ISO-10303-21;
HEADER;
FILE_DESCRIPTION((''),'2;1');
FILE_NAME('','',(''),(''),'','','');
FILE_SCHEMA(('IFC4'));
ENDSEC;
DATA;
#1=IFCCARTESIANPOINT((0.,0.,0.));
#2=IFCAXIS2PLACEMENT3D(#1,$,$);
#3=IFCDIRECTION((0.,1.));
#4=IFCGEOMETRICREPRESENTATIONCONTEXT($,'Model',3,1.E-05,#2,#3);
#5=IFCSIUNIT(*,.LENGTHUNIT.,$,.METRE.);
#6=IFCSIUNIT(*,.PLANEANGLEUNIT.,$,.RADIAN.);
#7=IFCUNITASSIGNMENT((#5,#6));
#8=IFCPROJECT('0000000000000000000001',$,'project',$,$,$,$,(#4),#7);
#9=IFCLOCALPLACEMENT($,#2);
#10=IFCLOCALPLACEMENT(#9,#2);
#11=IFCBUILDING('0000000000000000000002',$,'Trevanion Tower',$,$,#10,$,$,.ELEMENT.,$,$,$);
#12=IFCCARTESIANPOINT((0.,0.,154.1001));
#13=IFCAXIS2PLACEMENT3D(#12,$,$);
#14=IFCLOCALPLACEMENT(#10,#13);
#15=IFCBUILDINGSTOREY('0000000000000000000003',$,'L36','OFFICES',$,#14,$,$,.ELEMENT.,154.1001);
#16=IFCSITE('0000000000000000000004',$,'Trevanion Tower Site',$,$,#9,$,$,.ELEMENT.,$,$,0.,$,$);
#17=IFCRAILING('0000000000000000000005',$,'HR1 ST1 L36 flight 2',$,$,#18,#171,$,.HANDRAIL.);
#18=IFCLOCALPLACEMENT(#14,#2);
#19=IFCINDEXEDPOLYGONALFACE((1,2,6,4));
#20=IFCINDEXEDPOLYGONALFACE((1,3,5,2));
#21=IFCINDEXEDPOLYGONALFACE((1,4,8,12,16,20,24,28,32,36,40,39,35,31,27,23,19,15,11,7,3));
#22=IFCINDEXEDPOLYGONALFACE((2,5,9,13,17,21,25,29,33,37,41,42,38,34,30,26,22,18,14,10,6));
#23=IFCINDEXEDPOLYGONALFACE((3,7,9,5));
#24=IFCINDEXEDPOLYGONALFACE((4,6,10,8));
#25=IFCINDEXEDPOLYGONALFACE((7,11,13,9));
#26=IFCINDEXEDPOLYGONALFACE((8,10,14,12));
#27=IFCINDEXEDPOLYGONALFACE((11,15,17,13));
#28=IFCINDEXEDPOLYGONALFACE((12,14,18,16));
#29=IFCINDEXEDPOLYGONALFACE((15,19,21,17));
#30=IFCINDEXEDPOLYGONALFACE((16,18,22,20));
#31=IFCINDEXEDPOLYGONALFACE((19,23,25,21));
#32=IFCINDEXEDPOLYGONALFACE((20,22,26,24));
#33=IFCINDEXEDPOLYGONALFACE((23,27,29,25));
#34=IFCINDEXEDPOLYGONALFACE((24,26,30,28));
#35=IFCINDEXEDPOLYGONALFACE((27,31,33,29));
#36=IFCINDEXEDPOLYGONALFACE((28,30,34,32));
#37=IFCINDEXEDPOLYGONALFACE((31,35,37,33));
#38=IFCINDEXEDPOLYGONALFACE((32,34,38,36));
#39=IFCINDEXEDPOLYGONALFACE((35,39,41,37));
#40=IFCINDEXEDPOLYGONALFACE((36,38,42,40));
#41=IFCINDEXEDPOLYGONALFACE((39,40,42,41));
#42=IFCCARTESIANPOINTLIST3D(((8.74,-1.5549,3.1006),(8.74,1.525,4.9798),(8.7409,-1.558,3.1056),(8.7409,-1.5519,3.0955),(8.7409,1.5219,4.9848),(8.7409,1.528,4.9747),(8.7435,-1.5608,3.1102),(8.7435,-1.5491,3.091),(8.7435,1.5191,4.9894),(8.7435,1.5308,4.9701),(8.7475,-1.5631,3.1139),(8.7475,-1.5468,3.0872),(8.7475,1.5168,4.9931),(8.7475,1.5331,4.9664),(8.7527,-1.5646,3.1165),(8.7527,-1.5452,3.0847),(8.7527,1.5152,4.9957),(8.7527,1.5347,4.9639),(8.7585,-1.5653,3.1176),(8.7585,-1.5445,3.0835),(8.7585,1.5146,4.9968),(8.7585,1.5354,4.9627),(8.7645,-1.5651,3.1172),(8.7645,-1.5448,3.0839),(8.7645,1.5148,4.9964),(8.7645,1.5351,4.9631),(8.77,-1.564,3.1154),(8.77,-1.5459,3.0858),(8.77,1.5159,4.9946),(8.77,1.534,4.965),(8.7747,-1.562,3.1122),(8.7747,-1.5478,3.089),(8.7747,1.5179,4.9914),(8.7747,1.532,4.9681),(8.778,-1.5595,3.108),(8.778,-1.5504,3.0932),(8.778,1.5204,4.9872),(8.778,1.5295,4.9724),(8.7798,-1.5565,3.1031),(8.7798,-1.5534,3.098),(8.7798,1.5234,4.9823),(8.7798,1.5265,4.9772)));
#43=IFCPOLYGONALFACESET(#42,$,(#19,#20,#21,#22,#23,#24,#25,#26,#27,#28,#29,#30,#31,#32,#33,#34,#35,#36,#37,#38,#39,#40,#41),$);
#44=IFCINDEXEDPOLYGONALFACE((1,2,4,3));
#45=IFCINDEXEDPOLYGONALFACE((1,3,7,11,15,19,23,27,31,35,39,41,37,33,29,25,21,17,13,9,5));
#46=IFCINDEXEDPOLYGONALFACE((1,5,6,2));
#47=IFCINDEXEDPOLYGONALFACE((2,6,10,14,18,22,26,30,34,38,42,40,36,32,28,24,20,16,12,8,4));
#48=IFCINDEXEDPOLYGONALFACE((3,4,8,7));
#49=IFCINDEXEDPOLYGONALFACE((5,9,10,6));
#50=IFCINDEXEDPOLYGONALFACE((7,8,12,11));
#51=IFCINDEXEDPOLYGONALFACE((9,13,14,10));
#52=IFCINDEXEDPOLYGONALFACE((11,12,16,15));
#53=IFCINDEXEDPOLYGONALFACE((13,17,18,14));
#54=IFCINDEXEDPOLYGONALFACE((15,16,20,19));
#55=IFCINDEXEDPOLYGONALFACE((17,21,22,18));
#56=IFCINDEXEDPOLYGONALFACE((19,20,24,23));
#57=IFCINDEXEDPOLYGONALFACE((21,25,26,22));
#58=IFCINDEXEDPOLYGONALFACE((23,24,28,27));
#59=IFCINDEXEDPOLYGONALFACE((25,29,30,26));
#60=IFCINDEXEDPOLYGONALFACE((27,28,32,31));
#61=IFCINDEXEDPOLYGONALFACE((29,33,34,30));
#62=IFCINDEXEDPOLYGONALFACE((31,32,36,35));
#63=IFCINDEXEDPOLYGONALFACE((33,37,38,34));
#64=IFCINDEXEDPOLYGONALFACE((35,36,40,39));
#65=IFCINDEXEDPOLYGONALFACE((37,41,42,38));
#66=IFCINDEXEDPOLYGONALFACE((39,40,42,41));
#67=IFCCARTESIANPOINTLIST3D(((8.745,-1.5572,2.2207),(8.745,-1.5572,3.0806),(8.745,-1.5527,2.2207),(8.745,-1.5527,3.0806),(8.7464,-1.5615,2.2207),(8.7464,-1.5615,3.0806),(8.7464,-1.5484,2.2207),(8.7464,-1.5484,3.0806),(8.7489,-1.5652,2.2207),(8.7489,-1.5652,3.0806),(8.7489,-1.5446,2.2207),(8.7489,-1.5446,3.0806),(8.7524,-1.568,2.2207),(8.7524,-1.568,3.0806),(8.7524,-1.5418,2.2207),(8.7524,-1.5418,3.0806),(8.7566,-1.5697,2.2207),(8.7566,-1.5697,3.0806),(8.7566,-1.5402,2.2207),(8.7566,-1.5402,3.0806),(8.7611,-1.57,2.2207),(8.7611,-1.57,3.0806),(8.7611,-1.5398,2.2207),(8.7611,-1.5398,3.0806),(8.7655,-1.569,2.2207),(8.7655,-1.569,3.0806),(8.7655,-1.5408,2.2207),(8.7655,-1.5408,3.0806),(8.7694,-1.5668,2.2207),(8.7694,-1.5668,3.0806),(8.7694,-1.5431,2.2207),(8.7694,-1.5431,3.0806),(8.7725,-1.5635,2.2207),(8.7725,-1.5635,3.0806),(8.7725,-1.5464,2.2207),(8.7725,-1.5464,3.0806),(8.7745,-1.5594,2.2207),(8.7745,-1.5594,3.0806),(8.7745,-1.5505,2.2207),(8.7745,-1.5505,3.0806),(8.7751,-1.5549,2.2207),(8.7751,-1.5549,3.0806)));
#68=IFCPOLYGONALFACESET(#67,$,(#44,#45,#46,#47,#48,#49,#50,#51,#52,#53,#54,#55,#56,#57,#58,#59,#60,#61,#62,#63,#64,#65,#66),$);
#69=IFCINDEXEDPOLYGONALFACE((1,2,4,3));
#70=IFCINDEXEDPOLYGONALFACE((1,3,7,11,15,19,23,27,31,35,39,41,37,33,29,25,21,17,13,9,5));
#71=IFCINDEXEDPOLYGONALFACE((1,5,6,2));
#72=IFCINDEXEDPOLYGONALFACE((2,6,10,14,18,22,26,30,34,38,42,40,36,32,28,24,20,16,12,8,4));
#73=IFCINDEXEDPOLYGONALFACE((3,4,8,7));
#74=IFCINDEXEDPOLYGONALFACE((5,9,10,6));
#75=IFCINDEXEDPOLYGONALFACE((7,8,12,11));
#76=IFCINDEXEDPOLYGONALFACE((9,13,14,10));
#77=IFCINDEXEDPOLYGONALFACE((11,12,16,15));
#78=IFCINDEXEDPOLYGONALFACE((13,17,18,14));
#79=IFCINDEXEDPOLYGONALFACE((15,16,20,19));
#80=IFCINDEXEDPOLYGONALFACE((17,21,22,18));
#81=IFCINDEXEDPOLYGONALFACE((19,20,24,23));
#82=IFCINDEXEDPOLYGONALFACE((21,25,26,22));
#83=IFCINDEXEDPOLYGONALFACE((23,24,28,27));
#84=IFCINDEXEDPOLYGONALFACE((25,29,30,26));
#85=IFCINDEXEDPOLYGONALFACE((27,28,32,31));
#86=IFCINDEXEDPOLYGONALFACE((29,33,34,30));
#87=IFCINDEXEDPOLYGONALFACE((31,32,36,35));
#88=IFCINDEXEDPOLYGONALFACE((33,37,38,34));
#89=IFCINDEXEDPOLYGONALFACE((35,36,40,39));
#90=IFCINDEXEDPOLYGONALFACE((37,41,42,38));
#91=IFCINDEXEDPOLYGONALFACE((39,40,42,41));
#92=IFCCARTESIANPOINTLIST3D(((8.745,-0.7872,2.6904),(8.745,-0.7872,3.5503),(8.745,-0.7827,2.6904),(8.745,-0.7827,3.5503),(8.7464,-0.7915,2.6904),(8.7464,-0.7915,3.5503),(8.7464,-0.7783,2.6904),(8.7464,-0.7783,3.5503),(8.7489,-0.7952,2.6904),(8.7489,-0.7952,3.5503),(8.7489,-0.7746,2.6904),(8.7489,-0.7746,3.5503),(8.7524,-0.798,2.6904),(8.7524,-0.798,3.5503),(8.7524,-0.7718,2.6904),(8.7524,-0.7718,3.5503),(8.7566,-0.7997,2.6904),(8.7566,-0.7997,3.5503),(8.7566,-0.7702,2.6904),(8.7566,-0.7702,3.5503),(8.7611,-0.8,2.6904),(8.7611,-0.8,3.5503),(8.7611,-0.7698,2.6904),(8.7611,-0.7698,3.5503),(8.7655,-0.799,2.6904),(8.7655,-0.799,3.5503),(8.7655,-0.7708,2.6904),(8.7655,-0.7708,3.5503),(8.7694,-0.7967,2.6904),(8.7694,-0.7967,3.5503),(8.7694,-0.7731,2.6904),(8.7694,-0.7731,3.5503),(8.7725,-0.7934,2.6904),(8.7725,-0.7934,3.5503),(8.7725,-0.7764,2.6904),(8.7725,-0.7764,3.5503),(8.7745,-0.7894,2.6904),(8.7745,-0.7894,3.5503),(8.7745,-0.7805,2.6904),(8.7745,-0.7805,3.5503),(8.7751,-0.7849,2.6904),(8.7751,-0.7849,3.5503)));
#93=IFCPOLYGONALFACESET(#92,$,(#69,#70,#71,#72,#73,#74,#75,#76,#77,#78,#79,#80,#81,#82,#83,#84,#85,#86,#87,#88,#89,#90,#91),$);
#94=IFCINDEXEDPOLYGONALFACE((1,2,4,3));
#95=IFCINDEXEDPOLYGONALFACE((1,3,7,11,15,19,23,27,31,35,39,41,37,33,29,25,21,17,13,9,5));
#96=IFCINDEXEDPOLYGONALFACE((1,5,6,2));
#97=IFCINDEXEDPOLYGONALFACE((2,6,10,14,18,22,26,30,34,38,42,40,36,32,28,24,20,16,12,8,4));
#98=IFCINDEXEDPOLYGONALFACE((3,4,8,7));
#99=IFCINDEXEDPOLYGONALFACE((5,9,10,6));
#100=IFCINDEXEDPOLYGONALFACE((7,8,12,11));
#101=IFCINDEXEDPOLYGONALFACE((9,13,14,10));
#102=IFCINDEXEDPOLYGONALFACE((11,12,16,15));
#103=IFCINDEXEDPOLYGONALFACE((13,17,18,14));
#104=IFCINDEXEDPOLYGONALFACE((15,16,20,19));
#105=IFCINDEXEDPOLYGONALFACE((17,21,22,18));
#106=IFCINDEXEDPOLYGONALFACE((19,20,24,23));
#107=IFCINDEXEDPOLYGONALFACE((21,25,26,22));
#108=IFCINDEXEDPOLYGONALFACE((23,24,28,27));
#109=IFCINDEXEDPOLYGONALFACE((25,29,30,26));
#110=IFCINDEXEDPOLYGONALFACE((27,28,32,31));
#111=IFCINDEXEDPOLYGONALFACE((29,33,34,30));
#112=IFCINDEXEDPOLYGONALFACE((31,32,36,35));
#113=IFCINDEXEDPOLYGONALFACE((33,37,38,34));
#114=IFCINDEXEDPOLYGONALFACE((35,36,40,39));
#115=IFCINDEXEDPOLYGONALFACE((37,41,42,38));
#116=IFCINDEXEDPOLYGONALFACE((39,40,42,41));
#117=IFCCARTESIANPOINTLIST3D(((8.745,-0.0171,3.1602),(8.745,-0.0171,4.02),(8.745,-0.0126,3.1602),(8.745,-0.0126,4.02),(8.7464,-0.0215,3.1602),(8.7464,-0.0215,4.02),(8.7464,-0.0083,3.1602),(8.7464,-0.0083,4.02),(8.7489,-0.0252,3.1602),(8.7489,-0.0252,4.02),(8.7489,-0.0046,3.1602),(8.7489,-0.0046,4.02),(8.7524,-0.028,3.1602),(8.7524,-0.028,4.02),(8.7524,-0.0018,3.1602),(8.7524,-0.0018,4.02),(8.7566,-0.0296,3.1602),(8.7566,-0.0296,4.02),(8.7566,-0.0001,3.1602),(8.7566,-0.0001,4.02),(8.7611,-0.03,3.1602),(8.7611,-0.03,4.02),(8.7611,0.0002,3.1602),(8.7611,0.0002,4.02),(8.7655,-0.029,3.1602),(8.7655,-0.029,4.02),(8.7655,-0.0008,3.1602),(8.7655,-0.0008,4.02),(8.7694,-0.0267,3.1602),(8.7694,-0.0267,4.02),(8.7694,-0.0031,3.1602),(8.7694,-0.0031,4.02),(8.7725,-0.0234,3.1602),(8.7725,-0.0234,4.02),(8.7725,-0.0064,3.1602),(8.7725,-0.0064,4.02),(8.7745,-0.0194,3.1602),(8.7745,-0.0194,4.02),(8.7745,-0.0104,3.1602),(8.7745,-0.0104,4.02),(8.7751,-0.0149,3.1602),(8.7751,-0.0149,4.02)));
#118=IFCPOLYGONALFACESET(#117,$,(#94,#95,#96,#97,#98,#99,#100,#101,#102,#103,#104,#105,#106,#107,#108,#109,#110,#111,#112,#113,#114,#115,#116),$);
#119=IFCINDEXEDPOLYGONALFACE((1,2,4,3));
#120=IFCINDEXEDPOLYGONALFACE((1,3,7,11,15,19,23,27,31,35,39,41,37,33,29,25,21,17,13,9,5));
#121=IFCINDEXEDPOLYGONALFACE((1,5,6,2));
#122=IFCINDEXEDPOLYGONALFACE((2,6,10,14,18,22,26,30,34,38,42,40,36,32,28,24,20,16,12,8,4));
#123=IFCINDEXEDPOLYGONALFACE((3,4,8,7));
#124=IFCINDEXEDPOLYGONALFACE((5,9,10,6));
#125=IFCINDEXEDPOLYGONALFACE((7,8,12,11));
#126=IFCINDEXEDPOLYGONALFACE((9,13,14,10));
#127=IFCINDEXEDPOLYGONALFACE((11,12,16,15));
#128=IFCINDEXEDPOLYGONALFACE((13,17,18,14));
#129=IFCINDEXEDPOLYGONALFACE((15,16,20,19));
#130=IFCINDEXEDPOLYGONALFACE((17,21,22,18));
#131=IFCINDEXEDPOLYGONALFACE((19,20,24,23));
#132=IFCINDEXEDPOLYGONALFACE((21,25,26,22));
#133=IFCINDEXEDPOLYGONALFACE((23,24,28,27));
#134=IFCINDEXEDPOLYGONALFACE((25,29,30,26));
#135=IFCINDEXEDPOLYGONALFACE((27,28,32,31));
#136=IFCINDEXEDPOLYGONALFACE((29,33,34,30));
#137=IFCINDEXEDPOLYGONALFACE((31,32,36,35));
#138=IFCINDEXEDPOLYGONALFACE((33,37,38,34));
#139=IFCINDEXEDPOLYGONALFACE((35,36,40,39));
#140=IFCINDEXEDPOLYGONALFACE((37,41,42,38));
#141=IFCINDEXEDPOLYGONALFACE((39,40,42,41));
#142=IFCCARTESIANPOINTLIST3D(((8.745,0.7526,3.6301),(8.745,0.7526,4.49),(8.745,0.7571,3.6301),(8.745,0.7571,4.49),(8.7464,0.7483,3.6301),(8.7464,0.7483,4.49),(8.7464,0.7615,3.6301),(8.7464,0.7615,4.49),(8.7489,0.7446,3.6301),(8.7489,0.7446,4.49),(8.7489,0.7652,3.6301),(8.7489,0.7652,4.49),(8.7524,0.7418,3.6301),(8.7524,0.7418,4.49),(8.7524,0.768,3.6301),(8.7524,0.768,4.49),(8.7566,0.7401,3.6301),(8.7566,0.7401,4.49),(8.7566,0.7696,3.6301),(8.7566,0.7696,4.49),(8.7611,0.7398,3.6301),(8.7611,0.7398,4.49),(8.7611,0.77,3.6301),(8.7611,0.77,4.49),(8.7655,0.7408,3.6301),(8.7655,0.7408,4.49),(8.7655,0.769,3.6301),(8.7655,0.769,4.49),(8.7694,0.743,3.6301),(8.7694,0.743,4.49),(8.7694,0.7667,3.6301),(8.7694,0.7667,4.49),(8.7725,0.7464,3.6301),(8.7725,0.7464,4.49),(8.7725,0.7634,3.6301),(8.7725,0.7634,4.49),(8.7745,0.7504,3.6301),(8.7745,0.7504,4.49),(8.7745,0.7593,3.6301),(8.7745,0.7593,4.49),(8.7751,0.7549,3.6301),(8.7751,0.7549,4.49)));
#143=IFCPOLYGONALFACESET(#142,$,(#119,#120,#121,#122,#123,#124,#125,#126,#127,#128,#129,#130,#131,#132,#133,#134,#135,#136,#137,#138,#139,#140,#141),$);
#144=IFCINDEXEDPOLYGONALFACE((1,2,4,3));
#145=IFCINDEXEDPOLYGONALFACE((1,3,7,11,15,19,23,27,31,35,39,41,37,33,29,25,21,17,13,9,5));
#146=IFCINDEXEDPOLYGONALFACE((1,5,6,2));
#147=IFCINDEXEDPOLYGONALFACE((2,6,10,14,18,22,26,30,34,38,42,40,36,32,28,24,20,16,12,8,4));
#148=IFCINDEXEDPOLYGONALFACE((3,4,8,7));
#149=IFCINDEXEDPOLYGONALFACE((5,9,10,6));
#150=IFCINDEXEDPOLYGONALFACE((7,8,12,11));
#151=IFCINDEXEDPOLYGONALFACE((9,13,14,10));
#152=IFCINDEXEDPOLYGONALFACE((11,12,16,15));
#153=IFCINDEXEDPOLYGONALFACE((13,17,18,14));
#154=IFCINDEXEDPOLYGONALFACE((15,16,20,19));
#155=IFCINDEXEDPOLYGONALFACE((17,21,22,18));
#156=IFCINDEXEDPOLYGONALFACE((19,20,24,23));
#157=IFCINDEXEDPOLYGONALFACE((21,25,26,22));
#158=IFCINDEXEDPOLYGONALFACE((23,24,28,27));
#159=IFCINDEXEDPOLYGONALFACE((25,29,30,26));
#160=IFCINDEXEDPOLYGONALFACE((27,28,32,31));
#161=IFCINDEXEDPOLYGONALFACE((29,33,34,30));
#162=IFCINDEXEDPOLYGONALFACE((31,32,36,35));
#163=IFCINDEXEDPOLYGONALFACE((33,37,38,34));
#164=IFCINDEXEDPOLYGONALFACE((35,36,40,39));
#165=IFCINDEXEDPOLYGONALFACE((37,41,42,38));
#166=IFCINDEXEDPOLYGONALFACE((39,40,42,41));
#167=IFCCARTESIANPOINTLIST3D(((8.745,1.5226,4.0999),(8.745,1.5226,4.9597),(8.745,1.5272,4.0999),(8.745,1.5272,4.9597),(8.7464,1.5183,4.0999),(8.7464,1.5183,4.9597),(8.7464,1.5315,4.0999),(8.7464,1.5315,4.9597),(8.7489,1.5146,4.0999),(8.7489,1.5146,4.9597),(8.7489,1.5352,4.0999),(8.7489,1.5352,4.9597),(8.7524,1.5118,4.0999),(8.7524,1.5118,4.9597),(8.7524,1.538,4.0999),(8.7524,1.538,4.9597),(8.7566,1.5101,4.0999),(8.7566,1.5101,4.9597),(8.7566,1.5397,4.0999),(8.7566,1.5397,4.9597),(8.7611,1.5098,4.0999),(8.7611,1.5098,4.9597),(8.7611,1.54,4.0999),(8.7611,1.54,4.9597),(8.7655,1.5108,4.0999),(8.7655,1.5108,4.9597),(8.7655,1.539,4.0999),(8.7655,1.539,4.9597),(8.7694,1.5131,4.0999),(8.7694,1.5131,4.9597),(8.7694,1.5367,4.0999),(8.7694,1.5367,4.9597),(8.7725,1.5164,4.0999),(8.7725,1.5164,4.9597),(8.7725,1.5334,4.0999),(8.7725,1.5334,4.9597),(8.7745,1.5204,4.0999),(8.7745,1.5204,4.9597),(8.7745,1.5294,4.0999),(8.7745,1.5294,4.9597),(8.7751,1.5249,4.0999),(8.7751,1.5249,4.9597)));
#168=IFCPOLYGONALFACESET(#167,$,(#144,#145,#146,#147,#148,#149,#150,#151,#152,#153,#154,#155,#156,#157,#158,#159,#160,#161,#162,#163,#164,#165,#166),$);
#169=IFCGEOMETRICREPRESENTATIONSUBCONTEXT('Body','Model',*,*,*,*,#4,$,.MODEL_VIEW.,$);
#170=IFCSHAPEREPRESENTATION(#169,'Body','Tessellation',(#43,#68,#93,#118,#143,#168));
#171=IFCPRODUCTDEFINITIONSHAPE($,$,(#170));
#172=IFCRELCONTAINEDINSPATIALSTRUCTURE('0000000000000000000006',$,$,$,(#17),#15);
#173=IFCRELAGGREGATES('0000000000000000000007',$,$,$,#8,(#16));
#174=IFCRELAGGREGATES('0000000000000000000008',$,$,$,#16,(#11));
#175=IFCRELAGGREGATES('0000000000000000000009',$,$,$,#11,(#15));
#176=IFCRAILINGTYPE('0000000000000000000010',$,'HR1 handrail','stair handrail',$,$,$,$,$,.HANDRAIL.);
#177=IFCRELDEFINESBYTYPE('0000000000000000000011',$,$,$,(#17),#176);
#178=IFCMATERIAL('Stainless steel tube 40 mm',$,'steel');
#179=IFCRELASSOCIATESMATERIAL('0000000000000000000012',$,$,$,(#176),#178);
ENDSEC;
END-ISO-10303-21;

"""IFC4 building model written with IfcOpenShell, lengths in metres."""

from ifc_helpers import new_model, si_unit, direction, frame, origin, origin_2d, place, context, subcontext, project, spatial, circle, extrude, material, type_object, element, save


model = new_model("IFC4")

# Units and contexts
model_context = context("Model", 3, precision=1e-05, world=origin(), true_north=direction((0.0, 1.0)))
body_context = subcontext(model_context, "Body", "Model", "MODEL_VIEW")
ifc_project = project(units=[si_unit("LENGTHUNIT", "METRE"), si_unit("PLANEANGLEUNIT", "RADIAN")], contexts=[model_context])

# Site, building, storey
site_placement = place(None, origin())
site = spatial("IfcSite", under=ifc_project, at=site_placement, Name="Trevanion Tower Site", CompositionType="ELEMENT", RefElevation=0.0)
building_placement = place(site_placement, origin())
building = spatial("IfcBuilding", under=site, at=building_placement, Name="Trevanion Tower", CompositionType="ELEMENT")
storey_placement = place(building_placement, frame((0.0, 0.0, 154.1001)))
storey = spatial("IfcBuildingStorey", under=building, at=storey_placement, Name="L36", Description="OFFICES", CompositionType="ELEMENT", Elevation=154.1001)

# Railing
ifc_material_1 = material(Name="Stainless steel tube 40 mm", Category="steel")
railing_type = type_object("IfcRailingType", Name="HR1 handrail", Description="stair handrail", PredefinedType="HANDRAIL", material=ifc_material_1)
for number, where, name in (
    (1, (8.76, -1.5549, 2.2207), "HR1 ST1 L36 flight 2"),
):
    element("IfcRailing", number, at=place(storey_placement, frame(where)), inside=storey, type_object=railing_type, Name=name, PredefinedType="HANDRAIL", context=body_context, shape_type="SweptSolid", body=[
        extrude(circle(Radius=0.02, at=origin_2d()), frame((0.0, 0.0, 0.8799), z_axis=(0.0, 0.853648, 0.52085), x_axis=(-1.0, 0.0, 0.0)), (0.0, 0.0, 1.0), 3.6079),
        extrude(circle(Radius=0.0151, at=origin_2d()), origin(), (0.0, 0.0, 1.0), 0.8599),
        extrude(circle(Radius=0.0151, at=origin_2d()), frame((0.0, 0.77, 0.4697)), (0.0, 0.0, 1.0), 0.8599),
        extrude(circle(Radius=0.0151, at=origin_2d()), frame((0.0, 1.54, 0.9395)), (0.0, 0.0, 1.0), 0.8599),
        extrude(circle(Radius=0.0151, at=origin_2d()), frame((0.0, 2.3098, 1.4094)), (0.0, 0.0, 1.0), 0.8599),
        extrude(circle(Radius=0.0151, at=origin_2d()), frame((0.0, 3.0798, 1.8792)), (0.0, 0.0, 1.0), 0.8599),
    ])

save(model, "model.ifc")
